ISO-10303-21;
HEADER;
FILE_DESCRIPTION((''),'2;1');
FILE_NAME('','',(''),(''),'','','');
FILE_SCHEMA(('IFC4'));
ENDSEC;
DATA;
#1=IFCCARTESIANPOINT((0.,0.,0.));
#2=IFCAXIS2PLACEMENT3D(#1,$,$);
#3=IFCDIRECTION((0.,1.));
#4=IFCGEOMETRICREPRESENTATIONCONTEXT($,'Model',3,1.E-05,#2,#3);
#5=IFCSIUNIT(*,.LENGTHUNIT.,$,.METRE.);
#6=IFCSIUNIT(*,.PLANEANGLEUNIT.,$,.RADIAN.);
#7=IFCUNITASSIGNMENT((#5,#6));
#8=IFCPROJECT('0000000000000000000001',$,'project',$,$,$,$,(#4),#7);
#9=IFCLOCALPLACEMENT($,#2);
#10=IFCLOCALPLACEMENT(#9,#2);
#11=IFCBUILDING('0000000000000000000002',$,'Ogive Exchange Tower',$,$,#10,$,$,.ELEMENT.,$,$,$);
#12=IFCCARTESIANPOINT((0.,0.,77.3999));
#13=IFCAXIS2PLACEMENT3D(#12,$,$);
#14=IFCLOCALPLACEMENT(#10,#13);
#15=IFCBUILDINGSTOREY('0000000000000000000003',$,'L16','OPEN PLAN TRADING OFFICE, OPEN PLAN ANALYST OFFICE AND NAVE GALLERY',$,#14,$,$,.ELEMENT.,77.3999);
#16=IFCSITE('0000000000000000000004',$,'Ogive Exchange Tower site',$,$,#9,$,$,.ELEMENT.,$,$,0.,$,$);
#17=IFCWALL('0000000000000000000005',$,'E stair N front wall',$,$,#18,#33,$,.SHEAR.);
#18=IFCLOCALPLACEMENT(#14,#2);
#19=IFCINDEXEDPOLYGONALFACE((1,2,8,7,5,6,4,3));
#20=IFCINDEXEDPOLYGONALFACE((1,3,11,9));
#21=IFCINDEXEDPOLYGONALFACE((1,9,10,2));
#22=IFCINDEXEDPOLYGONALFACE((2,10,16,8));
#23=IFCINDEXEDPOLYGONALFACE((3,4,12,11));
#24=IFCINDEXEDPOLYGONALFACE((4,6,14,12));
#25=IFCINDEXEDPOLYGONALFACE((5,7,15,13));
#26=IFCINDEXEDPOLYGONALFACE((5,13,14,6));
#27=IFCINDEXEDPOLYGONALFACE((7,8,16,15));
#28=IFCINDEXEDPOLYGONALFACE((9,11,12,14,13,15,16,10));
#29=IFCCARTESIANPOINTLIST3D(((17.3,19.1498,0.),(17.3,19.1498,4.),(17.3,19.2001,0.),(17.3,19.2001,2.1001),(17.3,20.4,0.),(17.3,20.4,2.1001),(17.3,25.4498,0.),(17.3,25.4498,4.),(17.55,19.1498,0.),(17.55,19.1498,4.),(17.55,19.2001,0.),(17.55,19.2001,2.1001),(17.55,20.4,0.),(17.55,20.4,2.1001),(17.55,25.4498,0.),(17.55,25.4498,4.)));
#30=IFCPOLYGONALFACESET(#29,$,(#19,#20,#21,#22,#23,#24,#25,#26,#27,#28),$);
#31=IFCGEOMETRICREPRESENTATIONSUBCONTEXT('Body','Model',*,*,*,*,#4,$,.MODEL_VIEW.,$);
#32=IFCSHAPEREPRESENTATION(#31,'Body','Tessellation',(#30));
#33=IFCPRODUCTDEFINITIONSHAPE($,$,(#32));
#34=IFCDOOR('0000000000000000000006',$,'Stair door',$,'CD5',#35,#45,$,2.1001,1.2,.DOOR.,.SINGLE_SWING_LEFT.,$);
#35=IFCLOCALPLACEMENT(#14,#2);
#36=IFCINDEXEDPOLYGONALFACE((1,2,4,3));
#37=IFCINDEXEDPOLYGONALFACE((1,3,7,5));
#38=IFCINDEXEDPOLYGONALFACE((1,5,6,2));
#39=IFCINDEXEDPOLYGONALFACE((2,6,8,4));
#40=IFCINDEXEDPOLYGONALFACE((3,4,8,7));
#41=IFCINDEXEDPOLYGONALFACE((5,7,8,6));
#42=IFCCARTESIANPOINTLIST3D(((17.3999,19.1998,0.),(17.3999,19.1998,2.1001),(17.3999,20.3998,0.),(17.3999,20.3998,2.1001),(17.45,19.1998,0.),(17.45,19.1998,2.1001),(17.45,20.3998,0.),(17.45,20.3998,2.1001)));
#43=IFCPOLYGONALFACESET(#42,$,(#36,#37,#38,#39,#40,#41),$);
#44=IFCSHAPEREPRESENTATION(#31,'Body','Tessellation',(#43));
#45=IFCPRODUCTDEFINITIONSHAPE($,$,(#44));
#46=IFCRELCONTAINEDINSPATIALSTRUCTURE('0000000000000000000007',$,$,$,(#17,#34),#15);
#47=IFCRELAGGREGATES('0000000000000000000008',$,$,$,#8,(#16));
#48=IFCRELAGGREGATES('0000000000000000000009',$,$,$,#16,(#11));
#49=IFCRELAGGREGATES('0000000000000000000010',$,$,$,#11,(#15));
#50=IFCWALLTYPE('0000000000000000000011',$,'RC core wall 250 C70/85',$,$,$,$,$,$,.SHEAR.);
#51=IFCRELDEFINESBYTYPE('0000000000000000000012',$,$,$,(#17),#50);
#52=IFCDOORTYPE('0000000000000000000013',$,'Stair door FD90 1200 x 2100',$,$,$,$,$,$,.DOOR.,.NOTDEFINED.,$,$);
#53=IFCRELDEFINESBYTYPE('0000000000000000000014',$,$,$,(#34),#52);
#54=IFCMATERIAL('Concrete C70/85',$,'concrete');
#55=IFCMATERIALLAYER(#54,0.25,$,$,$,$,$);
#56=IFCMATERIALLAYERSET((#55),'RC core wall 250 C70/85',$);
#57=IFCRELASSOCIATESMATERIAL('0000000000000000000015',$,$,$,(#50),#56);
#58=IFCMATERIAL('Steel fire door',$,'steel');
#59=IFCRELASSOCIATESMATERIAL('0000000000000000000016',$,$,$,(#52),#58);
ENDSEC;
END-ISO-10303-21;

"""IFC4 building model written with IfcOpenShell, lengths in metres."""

from ifc_helpers import new_model, si_unit, direction, frame, frame_2d, origin, place, context, subcontext, project, spatial, rectangle, extrude, material, layer, layer_set, type_object, element, fill, save


model = new_model("IFC4")

# Units and contexts
model_context = context("Model", 3, precision=1e-05, world=origin(), true_north=direction((0.0, 1.0)))
body_context = subcontext(model_context, "Body", "Model", "MODEL_VIEW")
ifc_project = project(units=[si_unit("LENGTHUNIT", "METRE"), si_unit("PLANEANGLEUNIT", "RADIAN")], contexts=[model_context])

# Site, building, storey
site_placement = place(None, origin())
site = spatial("IfcSite", under=ifc_project, at=site_placement, Name="Ogive Exchange Tower site", CompositionType="ELEMENT", RefElevation=0.0)
building_placement = place(site_placement, origin())
building = spatial("IfcBuilding", under=site, at=building_placement, Name="Ogive Exchange Tower", CompositionType="ELEMENT")
storey_placement = place(building_placement, frame((0.0, 0.0, 77.3999)))
storey = spatial("IfcBuildingStorey", under=building, at=storey_placement, Name="L16", Description="OPEN PLAN TRADING OFFICE, OPEN PLAN ANALYST OFFICE AND NAVE GALLERY", CompositionType="ELEMENT", Elevation=77.3999)

# Wall, opening, door
ifc_material_1 = material(Name="Concrete C70/85", Category="concrete")
ifc_layer_1 = layer(ifc_material_1, 0.25)
ifc_layer_set_1 = layer_set([ifc_layer_1], Name="RC core wall 250 C70/85")
wall_type_1 = type_object("IfcWallType", Name="RC core wall 250 C70/85", PredefinedType="SHEAR", material=ifc_layer_set_1)
wall_1_placement = place(storey_placement, frame((17.425, 19.1499, 0.0), z_axis=(0.0, 0.0, 1.0), x_axis=(0.0, 1.0, 0.0)))
wall_1 = element("IfcWall", 1, at=wall_1_placement, inside=storey, type_object=wall_type_1, Name="E stair N front wall", PredefinedType="SHEAR", context=body_context, shape_type="SweptSolid", body=[
    extrude(rectangle(XDim=6.3, YDim=0.25, at=frame_2d((3.1499, 0.0))), origin(), (0.0, 0.0, 1.0), 4.0),
])
opening_1_placement = place(wall_1_placement, frame((0.05, 0.0, 0.0)))
opening_1 = element("IfcOpeningElement", 2, at=opening_1_placement, cuts=wall_1, PredefinedType="OPENING", context=body_context, shape_type="SweptSolid", body=[
    extrude(rectangle(XDim=1.2, YDim=2.1001, at=frame_2d((0.6001, 1.05))), frame((0.0, 0.135, 0.0), z_axis=(0.0, -1.0, 0.0), x_axis=(1.0, 0.0, 0.0)), (0.0, 0.0, 1.0), 0.27),
])
ifc_material_2 = material(Name="Steel fire door", Category="steel")
door_type_1 = type_object("IfcDoorType", Name="Stair door FD90 1200 x 2100", OperationType="NOTDEFINED", PredefinedType="DOOR", material=ifc_material_2)
door_1_placement = place(opening_1_placement, frame((1.2, 0.0, 0.0), z_axis=(0.0, 0.0, 1.0), x_axis=(-1.0, 0.0, 0.0)))
door_1 = element("IfcDoor", 3, at=door_1_placement, inside=storey, type_object=door_type_1, Name="Stair door", ObjectType="CD5", OperationType="SINGLE_SWING_LEFT", OverallHeight=2.1001, OverallWidth=1.2, PredefinedType="DOOR", context=body_context, shape_type="SweptSolid", body=[
    extrude(rectangle(XDim=1.2, YDim=2.1001, at=frame_2d((0.6001, 1.05))), frame((0.0, 0.0249, 0.0), z_axis=(0.0, -1.0, 0.0), x_axis=(1.0, 0.0, 0.0)), (0.0, 0.0, 1.0), 0.05),
])
fill(opening_1, door_1)

save(model, "model.ifc")
